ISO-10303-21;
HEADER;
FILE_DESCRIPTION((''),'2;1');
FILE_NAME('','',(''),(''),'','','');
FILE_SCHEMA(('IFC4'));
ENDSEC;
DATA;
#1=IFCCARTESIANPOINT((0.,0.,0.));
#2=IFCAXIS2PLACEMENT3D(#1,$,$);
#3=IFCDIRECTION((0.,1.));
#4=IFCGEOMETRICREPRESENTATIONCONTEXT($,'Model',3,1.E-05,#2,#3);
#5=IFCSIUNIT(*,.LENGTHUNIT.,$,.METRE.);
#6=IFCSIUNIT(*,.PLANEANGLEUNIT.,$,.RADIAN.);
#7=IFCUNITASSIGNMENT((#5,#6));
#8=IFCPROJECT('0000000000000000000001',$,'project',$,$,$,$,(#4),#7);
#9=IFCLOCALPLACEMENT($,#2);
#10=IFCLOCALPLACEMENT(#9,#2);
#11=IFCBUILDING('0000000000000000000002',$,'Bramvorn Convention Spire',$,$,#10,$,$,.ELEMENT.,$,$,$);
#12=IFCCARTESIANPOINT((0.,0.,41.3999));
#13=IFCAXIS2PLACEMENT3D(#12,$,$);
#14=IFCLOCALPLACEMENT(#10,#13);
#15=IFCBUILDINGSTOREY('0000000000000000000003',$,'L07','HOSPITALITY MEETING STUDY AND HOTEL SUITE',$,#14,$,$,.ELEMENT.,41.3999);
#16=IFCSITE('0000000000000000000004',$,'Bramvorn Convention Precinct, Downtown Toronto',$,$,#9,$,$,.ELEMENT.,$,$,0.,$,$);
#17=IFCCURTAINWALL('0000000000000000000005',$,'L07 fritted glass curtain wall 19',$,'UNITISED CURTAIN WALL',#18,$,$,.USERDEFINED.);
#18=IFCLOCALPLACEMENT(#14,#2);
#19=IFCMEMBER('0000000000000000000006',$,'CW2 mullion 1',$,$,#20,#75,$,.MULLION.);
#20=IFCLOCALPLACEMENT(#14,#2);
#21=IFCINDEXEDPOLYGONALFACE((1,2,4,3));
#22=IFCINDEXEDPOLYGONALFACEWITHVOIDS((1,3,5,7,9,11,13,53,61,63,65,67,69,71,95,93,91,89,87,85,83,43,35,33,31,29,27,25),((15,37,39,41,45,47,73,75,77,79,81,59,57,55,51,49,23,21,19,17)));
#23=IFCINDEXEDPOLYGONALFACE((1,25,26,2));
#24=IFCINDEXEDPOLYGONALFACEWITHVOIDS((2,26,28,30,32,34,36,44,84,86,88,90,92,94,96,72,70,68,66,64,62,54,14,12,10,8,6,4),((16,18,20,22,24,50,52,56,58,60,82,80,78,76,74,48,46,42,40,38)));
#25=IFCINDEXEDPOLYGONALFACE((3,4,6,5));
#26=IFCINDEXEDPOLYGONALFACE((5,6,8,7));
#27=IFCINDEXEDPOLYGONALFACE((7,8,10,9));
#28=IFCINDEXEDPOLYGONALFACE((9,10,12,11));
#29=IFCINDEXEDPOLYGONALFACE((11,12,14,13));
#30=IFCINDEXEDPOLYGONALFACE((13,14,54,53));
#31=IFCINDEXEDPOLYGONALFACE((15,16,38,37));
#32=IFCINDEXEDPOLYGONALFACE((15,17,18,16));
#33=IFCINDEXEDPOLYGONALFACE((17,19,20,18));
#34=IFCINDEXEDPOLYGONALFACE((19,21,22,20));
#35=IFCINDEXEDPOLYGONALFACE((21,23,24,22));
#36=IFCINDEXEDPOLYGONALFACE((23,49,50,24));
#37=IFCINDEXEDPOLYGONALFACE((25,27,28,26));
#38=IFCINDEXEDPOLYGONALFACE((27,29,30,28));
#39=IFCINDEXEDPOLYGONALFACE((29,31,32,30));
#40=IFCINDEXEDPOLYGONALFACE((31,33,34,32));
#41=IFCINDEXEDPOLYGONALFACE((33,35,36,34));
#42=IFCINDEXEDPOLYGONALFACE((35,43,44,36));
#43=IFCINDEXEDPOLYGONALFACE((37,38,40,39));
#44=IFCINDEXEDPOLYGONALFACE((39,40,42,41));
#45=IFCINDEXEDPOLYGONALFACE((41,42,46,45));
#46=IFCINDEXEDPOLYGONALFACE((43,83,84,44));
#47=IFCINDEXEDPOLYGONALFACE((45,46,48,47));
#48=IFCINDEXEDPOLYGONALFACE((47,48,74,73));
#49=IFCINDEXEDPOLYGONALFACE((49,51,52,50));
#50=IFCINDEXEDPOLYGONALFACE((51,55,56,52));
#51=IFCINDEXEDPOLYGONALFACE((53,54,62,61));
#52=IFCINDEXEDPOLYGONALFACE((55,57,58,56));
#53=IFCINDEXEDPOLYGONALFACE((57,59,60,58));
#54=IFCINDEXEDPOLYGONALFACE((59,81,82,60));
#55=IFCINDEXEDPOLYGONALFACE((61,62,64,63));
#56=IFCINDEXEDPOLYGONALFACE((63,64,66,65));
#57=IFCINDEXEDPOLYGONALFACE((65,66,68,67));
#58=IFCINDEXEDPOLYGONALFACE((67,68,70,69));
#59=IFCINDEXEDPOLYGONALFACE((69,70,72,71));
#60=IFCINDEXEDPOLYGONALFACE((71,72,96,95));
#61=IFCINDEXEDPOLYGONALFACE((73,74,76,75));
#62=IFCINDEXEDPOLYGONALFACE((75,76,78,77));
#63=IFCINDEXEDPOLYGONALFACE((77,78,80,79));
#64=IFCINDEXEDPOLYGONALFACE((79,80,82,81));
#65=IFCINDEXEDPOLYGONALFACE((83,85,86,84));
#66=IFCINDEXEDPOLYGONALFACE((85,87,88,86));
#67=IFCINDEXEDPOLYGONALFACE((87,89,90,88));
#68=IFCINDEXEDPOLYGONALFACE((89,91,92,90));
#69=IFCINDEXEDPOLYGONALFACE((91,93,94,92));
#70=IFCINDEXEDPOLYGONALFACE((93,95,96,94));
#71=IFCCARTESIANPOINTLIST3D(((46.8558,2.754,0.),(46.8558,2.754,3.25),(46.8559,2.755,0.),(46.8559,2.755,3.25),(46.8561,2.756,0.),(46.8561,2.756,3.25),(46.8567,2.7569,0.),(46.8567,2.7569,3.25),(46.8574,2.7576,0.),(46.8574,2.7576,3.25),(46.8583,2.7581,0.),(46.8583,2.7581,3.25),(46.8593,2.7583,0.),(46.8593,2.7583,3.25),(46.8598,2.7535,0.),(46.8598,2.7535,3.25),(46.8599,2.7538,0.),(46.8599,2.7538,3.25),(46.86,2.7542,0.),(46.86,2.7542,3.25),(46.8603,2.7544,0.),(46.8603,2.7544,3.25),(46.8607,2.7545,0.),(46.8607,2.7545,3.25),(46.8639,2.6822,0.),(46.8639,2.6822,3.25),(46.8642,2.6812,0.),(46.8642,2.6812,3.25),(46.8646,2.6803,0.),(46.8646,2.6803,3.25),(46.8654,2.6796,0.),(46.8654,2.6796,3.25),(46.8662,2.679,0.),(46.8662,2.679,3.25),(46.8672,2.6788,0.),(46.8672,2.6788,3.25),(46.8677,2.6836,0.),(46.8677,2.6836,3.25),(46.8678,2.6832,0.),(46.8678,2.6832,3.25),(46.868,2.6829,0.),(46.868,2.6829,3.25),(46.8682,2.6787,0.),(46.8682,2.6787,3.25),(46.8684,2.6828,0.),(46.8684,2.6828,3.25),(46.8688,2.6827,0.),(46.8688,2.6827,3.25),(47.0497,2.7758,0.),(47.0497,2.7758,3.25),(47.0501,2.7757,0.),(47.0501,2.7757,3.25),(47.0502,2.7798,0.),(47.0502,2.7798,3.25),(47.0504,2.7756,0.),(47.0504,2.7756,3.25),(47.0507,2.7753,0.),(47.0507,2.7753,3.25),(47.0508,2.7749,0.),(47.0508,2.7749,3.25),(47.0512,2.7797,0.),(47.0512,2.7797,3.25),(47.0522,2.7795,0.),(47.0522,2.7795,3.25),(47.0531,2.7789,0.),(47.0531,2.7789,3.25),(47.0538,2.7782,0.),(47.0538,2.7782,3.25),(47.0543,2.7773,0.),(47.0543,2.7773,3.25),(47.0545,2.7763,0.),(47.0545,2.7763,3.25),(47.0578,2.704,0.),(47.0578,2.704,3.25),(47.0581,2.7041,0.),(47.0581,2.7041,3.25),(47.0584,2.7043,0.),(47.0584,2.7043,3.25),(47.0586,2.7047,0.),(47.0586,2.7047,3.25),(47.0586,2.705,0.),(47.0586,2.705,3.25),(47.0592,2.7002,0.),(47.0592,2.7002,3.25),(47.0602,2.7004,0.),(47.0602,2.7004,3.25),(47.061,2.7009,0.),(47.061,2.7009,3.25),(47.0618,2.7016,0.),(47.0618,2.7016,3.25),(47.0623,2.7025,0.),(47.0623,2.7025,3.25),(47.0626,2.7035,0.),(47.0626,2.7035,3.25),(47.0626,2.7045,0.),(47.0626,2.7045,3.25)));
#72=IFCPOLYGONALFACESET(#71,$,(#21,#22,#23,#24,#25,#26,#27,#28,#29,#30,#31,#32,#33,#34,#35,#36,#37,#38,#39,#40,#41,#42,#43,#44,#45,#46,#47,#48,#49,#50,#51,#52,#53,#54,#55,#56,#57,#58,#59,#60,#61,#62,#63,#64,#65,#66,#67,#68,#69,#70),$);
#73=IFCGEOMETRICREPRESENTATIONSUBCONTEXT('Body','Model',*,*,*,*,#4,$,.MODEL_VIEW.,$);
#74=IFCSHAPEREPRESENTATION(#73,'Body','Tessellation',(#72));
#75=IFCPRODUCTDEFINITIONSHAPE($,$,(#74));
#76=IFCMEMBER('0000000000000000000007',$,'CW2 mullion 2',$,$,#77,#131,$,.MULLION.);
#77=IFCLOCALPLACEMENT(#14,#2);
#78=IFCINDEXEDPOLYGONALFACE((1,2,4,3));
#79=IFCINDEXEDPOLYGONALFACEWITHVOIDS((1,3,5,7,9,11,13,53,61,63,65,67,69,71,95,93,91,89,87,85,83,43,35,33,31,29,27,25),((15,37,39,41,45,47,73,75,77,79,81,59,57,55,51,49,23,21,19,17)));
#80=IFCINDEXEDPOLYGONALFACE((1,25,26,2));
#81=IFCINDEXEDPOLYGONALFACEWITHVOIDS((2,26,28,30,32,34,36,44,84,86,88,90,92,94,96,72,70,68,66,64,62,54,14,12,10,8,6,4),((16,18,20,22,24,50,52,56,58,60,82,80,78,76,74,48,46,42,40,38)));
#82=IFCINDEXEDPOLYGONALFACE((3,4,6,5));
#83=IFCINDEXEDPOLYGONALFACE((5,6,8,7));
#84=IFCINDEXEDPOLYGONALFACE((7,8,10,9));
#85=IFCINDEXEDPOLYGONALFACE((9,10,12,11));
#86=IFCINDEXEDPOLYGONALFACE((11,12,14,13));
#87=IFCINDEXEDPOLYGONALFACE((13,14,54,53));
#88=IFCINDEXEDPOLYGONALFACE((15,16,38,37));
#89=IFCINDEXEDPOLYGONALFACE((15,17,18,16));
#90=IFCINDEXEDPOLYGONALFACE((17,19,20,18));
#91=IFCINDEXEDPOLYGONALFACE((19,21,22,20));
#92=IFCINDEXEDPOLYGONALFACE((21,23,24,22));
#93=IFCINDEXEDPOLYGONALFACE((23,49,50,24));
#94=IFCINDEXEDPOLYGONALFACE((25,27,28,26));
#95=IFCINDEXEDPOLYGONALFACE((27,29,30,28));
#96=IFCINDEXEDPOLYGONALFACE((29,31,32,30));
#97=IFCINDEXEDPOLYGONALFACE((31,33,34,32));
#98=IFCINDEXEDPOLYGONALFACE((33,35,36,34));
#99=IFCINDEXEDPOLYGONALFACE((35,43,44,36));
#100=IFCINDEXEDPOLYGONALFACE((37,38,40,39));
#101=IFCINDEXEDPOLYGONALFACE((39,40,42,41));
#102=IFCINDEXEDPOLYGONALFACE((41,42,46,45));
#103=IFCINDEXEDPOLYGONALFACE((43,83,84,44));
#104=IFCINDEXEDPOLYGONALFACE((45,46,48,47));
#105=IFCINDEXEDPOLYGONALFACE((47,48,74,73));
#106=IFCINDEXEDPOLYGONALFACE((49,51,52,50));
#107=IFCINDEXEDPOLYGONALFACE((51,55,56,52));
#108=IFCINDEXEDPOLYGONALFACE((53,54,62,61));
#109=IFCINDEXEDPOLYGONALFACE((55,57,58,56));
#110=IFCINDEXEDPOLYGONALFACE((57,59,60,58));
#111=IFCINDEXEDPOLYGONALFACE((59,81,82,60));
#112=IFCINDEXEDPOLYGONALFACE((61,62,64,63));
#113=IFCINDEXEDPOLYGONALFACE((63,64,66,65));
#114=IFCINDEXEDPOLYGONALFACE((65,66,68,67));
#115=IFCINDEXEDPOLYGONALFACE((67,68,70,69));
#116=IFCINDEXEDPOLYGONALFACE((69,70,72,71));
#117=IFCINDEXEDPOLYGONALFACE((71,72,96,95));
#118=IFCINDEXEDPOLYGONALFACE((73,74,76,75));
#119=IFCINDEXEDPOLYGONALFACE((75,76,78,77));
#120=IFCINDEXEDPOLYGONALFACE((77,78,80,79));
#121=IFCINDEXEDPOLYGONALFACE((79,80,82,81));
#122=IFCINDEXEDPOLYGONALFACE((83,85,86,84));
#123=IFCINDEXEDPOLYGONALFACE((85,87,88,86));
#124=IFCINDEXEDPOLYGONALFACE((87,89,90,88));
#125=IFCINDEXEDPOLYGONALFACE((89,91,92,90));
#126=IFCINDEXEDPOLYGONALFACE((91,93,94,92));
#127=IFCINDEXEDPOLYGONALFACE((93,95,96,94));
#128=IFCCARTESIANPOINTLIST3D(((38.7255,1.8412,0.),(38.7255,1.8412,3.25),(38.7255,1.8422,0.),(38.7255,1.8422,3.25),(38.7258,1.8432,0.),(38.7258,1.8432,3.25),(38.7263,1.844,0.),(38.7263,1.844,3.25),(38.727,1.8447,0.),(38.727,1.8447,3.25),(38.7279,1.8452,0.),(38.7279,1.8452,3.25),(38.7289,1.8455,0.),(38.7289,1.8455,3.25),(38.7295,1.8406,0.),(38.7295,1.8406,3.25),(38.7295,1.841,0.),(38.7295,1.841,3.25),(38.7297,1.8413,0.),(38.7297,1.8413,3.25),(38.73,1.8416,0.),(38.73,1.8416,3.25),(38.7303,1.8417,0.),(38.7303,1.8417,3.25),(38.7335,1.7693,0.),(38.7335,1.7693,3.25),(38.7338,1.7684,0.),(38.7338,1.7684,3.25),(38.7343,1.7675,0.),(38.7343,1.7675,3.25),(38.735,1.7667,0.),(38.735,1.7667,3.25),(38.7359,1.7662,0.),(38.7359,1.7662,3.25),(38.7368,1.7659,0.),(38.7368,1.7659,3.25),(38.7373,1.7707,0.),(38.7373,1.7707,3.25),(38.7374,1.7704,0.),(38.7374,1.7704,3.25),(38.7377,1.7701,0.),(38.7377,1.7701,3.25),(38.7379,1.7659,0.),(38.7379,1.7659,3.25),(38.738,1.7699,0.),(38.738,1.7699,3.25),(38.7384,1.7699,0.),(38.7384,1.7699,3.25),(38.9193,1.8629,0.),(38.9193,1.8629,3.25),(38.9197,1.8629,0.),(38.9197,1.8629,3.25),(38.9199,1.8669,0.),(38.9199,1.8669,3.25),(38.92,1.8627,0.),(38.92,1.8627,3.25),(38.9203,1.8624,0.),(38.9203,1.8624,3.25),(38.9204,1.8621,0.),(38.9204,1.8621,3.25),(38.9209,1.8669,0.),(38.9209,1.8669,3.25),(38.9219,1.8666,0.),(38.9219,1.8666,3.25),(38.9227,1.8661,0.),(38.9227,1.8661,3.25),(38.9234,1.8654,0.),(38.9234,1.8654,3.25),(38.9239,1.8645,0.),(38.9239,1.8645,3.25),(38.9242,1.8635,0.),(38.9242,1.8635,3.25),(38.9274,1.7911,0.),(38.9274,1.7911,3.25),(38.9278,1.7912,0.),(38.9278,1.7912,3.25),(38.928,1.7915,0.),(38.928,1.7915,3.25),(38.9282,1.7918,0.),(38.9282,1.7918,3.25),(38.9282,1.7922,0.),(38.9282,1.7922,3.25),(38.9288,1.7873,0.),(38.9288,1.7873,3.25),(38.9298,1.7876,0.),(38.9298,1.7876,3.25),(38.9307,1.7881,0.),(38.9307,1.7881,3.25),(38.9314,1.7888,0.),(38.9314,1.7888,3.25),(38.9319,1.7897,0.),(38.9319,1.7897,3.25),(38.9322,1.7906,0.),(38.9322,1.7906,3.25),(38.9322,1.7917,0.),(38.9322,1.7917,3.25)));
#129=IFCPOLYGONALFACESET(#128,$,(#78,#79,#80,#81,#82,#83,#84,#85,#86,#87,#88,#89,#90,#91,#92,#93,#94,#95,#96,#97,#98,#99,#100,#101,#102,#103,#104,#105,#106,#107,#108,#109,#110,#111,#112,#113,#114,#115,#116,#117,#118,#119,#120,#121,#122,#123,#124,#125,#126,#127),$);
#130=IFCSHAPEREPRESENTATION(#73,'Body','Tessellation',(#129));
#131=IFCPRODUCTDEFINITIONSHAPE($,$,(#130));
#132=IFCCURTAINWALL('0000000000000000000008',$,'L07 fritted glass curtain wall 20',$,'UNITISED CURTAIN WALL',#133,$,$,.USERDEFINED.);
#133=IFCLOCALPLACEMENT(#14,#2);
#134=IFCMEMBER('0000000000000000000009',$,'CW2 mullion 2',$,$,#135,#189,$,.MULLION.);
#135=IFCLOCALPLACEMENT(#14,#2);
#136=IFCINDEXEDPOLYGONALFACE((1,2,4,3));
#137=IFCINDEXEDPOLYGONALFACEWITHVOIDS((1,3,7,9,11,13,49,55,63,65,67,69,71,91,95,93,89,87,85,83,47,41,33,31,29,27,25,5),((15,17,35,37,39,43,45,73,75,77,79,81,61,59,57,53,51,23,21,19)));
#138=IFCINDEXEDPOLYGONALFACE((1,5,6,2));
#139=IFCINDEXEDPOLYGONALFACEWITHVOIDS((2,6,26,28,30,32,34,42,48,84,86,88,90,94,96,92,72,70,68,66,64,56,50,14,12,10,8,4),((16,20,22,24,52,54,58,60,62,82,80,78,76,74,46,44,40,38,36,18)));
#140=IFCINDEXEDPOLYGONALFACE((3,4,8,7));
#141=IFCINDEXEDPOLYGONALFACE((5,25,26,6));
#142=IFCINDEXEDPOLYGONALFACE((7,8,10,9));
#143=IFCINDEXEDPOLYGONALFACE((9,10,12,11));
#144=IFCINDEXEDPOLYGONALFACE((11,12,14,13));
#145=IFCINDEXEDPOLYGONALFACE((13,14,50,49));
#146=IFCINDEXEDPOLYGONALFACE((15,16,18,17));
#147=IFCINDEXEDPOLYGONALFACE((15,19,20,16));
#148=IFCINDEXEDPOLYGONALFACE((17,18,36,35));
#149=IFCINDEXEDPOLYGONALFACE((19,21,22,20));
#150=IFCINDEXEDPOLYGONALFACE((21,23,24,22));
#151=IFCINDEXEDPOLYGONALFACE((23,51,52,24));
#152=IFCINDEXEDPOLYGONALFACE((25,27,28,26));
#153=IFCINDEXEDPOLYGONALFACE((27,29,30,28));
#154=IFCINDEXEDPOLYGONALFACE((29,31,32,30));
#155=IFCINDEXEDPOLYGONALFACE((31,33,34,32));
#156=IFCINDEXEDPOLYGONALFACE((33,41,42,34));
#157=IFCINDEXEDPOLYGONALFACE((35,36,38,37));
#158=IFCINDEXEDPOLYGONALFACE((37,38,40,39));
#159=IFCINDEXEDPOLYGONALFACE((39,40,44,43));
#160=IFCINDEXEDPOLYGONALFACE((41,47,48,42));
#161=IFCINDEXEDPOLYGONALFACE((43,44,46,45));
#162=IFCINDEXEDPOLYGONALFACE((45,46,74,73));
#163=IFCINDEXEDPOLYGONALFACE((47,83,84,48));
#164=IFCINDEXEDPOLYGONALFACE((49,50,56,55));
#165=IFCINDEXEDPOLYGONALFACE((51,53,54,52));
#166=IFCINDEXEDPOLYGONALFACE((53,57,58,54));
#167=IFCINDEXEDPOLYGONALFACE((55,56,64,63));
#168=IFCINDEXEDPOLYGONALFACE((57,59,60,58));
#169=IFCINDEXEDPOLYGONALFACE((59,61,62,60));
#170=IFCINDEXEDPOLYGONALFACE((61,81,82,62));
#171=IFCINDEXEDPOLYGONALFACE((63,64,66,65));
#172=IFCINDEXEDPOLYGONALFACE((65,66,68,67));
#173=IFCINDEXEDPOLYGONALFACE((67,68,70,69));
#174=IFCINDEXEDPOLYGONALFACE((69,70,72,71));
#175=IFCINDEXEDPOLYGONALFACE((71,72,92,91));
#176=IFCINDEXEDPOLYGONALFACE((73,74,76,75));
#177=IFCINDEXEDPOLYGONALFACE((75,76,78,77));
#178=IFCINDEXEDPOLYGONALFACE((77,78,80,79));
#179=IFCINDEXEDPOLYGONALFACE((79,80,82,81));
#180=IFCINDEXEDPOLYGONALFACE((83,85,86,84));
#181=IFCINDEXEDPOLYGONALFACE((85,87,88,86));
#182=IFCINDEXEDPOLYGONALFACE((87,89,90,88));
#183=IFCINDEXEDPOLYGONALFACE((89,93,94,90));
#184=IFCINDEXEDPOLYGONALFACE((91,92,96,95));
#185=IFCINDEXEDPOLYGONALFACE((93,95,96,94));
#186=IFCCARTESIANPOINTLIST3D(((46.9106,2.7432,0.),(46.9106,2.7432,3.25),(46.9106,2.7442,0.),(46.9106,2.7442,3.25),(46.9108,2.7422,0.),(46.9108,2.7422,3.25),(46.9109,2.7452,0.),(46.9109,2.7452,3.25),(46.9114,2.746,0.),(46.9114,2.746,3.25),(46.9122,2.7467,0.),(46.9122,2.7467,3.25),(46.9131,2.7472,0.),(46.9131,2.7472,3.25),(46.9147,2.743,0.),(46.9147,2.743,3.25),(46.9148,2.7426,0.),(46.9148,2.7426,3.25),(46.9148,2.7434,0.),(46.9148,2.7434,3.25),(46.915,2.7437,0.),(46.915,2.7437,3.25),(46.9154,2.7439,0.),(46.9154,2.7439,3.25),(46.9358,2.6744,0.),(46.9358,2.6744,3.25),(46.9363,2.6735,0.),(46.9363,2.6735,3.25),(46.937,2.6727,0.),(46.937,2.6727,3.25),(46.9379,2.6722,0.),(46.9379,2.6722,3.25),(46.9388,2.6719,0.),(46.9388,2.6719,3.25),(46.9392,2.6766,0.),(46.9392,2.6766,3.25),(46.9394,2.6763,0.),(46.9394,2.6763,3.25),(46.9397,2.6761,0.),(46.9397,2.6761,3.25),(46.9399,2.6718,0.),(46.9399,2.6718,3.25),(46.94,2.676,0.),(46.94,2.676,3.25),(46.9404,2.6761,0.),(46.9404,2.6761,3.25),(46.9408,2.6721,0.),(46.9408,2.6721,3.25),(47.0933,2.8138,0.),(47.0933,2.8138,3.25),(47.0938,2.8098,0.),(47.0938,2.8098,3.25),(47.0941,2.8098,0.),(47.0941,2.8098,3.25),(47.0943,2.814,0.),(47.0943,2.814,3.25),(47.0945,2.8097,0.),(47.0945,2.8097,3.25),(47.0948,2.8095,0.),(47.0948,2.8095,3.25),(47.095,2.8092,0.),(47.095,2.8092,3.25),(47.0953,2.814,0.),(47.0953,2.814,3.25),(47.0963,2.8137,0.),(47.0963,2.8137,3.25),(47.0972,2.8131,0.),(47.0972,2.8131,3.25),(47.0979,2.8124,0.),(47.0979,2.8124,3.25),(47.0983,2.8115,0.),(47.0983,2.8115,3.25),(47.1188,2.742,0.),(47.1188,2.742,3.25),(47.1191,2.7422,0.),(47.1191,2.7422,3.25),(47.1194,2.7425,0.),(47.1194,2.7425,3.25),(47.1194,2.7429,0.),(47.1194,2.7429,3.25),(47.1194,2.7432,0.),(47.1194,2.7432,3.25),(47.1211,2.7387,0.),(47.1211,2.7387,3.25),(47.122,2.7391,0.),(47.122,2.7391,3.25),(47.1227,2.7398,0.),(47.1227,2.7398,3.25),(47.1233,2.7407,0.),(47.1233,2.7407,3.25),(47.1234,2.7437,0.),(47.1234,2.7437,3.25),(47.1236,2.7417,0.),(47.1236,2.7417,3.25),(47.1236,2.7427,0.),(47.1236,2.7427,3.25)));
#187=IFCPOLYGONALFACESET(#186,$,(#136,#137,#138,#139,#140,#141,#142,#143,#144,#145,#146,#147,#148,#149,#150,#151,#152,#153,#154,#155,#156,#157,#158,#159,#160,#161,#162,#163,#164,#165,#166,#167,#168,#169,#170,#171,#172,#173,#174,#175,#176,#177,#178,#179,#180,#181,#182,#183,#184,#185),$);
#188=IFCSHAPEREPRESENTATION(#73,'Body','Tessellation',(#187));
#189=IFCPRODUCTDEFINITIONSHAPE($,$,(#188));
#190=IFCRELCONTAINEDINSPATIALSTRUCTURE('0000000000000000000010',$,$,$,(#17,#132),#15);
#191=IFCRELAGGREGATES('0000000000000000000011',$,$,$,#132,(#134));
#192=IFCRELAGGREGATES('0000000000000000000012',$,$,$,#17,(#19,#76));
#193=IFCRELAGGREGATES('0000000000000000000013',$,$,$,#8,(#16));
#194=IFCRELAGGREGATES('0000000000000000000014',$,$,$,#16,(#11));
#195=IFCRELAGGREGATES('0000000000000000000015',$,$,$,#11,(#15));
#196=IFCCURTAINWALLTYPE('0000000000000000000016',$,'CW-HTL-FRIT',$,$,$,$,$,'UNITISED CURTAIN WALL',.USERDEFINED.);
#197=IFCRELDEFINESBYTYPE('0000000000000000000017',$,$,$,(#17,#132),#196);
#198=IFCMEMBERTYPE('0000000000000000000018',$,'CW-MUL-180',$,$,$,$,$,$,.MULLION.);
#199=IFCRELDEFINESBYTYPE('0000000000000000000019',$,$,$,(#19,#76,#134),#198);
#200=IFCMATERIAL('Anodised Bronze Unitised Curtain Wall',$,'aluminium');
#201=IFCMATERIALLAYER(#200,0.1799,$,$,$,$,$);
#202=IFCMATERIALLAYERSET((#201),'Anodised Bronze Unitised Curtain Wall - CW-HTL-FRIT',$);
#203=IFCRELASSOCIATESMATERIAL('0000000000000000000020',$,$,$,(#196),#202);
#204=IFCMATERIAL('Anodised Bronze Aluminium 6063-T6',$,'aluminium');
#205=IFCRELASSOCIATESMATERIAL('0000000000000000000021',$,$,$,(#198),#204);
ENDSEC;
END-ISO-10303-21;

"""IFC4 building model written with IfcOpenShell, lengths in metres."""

from ifc_helpers import new_model, si_unit, direction, frame, origin, origin_2d, place, context, subcontext, project, spatial, hollow_rectangle, extrude, material, layer, layer_set, material_profile, profile_set, type_object, element, aggregate, save


model = new_model("IFC4")

# Units and contexts
model_context = context("Model", 3, precision=1e-05, world=origin(), true_north=direction((0.0, 1.0)))
body_context = subcontext(model_context, "Body", "Model", "MODEL_VIEW")
ifc_project = project(units=[si_unit("LENGTHUNIT", "METRE"), si_unit("PLANEANGLEUNIT", "RADIAN")], contexts=[model_context])

# Site, building, storey
site_placement = place(None, origin())
site = spatial("IfcSite", under=ifc_project, at=site_placement, Name="Bramvorn Convention Precinct, Downtown Toronto", CompositionType="ELEMENT", RefElevation=0.0)
building_placement = place(site_placement, origin())
building = spatial("IfcBuilding", under=site, at=building_placement, Name="Bramvorn Convention Spire", CompositionType="ELEMENT")
storey_placement = place(building_placement, frame((0.0, 0.0, 41.3999)))
storey = spatial("IfcBuildingStorey", under=building, at=storey_placement, Name="L07", Description="HOSPITALITY MEETING STUDY AND HOTEL SUITE", CompositionType="ELEMENT", Elevation=41.3999)

# Curtain wall, members
ifc_material_1 = material(Name="Anodised Bronze Unitised Curtain Wall", Category="aluminium")
ifc_layer_1 = layer(ifc_material_1, 0.1799)
ifc_layer_set_1 = layer_set([ifc_layer_1], Name="Anodised Bronze Unitised Curtain Wall - CW-HTL-FRIT")
curtain_wall_type = type_object("IfcCurtainWallType", Name="CW-HTL-FRIT", ElementType="UNITISED CURTAIN WALL", PredefinedType="USERDEFINED", material=ifc_layer_set_1)
curtain_wall_1_placement = place(storey_placement, origin())
curtain_wall_1 = element("IfcCurtainWall", 1, at=curtain_wall_1_placement, inside=storey, type_object=curtain_wall_type, Name="L07 fritted glass curtain wall 19", ObjectType="UNITISED CURTAIN WALL", PredefinedType="USERDEFINED")
ifc_material_2 = material(Name="Anodised Bronze Aluminium 6063-T6", Category="aluminium")
ifc_material_profile_1 = material_profile(ifc_material_2, hollow_rectangle(XDim=0.0801, YDim=0.2, WallThickness=0.0039, InnerFilletRadius=0.001, OuterFilletRadius=0.0039, at=origin_2d()))
ifc_profile_set_1 = profile_set([ifc_material_profile_1], Name="Anodised Bronze Aluminium 6063-T6 - CWM80X200")
member_type_1 = type_object("IfcMemberType", Name="CW-MUL-180", PredefinedType="MULLION", material=ifc_profile_set_1)
member_1_placement = place(storey_placement, frame((46.9592, 2.7292, 0.0), z_axis=(0.0, 0.0, 1.0), x_axis=(0.111583, -0.993755, 0.0)))
member_1 = element("IfcMember", 2, at=member_1_placement, type_object=member_type_1, Name="CW2 mullion 1", PredefinedType="MULLION", context=body_context, shape_type="SweptSolid", body=[
    extrude(hollow_rectangle(XDim=0.0801, YDim=0.2, WallThickness=0.0039, InnerFilletRadius=0.001, OuterFilletRadius=0.0039, at=origin_2d()), origin(), (0.0, 0.0, 1.0), 3.25),
])
member_2_placement = place(storey_placement, frame((38.8289, 1.8164, 0.0), z_axis=(0.0, 0.0, 1.0), x_axis=(0.111583, -0.993755, 0.0)))
member_2 = element("IfcMember", 3, at=member_2_placement, type_object=member_type_1, Name="CW2 mullion 2", PredefinedType="MULLION", context=body_context, shape_type="SweptSolid", body=[
    extrude(hollow_rectangle(XDim=0.0801, YDim=0.2, WallThickness=0.0039, InnerFilletRadius=0.001, OuterFilletRadius=0.0039, at=origin_2d()), origin(), (0.0, 0.0, 1.0), 3.25),
])

# Curtain wall, member
curtain_wall_2_placement = place(storey_placement, origin())
curtain_wall_2 = element("IfcCurtainWall", 4, at=curtain_wall_2_placement, inside=storey, type_object=curtain_wall_type, Name="L07 fritted glass curtain wall 20", ObjectType="UNITISED CURTAIN WALL", PredefinedType="USERDEFINED")
member_3_placement = place(storey_placement, frame((47.0171, 2.7429, 0.0), z_axis=(0.0, 0.0, 1.0), x_axis=(0.34655, -0.938032, 0.0)))
member_3 = element("IfcMember", 5, at=member_3_placement, type_object=member_type_1, Name="CW2 mullion 2", PredefinedType="MULLION", context=body_context, shape_type="SweptSolid", body=[
    extrude(hollow_rectangle(XDim=0.0801, YDim=0.2, WallThickness=0.0039, InnerFilletRadius=0.001, OuterFilletRadius=0.0039, at=origin_2d()), origin(), (0.0, 0.0, 1.0), 3.25),
])
aggregate(curtain_wall_2, [member_3])

aggregate(curtain_wall_1, [member_1, member_2])

save(model, "model.ifc")
